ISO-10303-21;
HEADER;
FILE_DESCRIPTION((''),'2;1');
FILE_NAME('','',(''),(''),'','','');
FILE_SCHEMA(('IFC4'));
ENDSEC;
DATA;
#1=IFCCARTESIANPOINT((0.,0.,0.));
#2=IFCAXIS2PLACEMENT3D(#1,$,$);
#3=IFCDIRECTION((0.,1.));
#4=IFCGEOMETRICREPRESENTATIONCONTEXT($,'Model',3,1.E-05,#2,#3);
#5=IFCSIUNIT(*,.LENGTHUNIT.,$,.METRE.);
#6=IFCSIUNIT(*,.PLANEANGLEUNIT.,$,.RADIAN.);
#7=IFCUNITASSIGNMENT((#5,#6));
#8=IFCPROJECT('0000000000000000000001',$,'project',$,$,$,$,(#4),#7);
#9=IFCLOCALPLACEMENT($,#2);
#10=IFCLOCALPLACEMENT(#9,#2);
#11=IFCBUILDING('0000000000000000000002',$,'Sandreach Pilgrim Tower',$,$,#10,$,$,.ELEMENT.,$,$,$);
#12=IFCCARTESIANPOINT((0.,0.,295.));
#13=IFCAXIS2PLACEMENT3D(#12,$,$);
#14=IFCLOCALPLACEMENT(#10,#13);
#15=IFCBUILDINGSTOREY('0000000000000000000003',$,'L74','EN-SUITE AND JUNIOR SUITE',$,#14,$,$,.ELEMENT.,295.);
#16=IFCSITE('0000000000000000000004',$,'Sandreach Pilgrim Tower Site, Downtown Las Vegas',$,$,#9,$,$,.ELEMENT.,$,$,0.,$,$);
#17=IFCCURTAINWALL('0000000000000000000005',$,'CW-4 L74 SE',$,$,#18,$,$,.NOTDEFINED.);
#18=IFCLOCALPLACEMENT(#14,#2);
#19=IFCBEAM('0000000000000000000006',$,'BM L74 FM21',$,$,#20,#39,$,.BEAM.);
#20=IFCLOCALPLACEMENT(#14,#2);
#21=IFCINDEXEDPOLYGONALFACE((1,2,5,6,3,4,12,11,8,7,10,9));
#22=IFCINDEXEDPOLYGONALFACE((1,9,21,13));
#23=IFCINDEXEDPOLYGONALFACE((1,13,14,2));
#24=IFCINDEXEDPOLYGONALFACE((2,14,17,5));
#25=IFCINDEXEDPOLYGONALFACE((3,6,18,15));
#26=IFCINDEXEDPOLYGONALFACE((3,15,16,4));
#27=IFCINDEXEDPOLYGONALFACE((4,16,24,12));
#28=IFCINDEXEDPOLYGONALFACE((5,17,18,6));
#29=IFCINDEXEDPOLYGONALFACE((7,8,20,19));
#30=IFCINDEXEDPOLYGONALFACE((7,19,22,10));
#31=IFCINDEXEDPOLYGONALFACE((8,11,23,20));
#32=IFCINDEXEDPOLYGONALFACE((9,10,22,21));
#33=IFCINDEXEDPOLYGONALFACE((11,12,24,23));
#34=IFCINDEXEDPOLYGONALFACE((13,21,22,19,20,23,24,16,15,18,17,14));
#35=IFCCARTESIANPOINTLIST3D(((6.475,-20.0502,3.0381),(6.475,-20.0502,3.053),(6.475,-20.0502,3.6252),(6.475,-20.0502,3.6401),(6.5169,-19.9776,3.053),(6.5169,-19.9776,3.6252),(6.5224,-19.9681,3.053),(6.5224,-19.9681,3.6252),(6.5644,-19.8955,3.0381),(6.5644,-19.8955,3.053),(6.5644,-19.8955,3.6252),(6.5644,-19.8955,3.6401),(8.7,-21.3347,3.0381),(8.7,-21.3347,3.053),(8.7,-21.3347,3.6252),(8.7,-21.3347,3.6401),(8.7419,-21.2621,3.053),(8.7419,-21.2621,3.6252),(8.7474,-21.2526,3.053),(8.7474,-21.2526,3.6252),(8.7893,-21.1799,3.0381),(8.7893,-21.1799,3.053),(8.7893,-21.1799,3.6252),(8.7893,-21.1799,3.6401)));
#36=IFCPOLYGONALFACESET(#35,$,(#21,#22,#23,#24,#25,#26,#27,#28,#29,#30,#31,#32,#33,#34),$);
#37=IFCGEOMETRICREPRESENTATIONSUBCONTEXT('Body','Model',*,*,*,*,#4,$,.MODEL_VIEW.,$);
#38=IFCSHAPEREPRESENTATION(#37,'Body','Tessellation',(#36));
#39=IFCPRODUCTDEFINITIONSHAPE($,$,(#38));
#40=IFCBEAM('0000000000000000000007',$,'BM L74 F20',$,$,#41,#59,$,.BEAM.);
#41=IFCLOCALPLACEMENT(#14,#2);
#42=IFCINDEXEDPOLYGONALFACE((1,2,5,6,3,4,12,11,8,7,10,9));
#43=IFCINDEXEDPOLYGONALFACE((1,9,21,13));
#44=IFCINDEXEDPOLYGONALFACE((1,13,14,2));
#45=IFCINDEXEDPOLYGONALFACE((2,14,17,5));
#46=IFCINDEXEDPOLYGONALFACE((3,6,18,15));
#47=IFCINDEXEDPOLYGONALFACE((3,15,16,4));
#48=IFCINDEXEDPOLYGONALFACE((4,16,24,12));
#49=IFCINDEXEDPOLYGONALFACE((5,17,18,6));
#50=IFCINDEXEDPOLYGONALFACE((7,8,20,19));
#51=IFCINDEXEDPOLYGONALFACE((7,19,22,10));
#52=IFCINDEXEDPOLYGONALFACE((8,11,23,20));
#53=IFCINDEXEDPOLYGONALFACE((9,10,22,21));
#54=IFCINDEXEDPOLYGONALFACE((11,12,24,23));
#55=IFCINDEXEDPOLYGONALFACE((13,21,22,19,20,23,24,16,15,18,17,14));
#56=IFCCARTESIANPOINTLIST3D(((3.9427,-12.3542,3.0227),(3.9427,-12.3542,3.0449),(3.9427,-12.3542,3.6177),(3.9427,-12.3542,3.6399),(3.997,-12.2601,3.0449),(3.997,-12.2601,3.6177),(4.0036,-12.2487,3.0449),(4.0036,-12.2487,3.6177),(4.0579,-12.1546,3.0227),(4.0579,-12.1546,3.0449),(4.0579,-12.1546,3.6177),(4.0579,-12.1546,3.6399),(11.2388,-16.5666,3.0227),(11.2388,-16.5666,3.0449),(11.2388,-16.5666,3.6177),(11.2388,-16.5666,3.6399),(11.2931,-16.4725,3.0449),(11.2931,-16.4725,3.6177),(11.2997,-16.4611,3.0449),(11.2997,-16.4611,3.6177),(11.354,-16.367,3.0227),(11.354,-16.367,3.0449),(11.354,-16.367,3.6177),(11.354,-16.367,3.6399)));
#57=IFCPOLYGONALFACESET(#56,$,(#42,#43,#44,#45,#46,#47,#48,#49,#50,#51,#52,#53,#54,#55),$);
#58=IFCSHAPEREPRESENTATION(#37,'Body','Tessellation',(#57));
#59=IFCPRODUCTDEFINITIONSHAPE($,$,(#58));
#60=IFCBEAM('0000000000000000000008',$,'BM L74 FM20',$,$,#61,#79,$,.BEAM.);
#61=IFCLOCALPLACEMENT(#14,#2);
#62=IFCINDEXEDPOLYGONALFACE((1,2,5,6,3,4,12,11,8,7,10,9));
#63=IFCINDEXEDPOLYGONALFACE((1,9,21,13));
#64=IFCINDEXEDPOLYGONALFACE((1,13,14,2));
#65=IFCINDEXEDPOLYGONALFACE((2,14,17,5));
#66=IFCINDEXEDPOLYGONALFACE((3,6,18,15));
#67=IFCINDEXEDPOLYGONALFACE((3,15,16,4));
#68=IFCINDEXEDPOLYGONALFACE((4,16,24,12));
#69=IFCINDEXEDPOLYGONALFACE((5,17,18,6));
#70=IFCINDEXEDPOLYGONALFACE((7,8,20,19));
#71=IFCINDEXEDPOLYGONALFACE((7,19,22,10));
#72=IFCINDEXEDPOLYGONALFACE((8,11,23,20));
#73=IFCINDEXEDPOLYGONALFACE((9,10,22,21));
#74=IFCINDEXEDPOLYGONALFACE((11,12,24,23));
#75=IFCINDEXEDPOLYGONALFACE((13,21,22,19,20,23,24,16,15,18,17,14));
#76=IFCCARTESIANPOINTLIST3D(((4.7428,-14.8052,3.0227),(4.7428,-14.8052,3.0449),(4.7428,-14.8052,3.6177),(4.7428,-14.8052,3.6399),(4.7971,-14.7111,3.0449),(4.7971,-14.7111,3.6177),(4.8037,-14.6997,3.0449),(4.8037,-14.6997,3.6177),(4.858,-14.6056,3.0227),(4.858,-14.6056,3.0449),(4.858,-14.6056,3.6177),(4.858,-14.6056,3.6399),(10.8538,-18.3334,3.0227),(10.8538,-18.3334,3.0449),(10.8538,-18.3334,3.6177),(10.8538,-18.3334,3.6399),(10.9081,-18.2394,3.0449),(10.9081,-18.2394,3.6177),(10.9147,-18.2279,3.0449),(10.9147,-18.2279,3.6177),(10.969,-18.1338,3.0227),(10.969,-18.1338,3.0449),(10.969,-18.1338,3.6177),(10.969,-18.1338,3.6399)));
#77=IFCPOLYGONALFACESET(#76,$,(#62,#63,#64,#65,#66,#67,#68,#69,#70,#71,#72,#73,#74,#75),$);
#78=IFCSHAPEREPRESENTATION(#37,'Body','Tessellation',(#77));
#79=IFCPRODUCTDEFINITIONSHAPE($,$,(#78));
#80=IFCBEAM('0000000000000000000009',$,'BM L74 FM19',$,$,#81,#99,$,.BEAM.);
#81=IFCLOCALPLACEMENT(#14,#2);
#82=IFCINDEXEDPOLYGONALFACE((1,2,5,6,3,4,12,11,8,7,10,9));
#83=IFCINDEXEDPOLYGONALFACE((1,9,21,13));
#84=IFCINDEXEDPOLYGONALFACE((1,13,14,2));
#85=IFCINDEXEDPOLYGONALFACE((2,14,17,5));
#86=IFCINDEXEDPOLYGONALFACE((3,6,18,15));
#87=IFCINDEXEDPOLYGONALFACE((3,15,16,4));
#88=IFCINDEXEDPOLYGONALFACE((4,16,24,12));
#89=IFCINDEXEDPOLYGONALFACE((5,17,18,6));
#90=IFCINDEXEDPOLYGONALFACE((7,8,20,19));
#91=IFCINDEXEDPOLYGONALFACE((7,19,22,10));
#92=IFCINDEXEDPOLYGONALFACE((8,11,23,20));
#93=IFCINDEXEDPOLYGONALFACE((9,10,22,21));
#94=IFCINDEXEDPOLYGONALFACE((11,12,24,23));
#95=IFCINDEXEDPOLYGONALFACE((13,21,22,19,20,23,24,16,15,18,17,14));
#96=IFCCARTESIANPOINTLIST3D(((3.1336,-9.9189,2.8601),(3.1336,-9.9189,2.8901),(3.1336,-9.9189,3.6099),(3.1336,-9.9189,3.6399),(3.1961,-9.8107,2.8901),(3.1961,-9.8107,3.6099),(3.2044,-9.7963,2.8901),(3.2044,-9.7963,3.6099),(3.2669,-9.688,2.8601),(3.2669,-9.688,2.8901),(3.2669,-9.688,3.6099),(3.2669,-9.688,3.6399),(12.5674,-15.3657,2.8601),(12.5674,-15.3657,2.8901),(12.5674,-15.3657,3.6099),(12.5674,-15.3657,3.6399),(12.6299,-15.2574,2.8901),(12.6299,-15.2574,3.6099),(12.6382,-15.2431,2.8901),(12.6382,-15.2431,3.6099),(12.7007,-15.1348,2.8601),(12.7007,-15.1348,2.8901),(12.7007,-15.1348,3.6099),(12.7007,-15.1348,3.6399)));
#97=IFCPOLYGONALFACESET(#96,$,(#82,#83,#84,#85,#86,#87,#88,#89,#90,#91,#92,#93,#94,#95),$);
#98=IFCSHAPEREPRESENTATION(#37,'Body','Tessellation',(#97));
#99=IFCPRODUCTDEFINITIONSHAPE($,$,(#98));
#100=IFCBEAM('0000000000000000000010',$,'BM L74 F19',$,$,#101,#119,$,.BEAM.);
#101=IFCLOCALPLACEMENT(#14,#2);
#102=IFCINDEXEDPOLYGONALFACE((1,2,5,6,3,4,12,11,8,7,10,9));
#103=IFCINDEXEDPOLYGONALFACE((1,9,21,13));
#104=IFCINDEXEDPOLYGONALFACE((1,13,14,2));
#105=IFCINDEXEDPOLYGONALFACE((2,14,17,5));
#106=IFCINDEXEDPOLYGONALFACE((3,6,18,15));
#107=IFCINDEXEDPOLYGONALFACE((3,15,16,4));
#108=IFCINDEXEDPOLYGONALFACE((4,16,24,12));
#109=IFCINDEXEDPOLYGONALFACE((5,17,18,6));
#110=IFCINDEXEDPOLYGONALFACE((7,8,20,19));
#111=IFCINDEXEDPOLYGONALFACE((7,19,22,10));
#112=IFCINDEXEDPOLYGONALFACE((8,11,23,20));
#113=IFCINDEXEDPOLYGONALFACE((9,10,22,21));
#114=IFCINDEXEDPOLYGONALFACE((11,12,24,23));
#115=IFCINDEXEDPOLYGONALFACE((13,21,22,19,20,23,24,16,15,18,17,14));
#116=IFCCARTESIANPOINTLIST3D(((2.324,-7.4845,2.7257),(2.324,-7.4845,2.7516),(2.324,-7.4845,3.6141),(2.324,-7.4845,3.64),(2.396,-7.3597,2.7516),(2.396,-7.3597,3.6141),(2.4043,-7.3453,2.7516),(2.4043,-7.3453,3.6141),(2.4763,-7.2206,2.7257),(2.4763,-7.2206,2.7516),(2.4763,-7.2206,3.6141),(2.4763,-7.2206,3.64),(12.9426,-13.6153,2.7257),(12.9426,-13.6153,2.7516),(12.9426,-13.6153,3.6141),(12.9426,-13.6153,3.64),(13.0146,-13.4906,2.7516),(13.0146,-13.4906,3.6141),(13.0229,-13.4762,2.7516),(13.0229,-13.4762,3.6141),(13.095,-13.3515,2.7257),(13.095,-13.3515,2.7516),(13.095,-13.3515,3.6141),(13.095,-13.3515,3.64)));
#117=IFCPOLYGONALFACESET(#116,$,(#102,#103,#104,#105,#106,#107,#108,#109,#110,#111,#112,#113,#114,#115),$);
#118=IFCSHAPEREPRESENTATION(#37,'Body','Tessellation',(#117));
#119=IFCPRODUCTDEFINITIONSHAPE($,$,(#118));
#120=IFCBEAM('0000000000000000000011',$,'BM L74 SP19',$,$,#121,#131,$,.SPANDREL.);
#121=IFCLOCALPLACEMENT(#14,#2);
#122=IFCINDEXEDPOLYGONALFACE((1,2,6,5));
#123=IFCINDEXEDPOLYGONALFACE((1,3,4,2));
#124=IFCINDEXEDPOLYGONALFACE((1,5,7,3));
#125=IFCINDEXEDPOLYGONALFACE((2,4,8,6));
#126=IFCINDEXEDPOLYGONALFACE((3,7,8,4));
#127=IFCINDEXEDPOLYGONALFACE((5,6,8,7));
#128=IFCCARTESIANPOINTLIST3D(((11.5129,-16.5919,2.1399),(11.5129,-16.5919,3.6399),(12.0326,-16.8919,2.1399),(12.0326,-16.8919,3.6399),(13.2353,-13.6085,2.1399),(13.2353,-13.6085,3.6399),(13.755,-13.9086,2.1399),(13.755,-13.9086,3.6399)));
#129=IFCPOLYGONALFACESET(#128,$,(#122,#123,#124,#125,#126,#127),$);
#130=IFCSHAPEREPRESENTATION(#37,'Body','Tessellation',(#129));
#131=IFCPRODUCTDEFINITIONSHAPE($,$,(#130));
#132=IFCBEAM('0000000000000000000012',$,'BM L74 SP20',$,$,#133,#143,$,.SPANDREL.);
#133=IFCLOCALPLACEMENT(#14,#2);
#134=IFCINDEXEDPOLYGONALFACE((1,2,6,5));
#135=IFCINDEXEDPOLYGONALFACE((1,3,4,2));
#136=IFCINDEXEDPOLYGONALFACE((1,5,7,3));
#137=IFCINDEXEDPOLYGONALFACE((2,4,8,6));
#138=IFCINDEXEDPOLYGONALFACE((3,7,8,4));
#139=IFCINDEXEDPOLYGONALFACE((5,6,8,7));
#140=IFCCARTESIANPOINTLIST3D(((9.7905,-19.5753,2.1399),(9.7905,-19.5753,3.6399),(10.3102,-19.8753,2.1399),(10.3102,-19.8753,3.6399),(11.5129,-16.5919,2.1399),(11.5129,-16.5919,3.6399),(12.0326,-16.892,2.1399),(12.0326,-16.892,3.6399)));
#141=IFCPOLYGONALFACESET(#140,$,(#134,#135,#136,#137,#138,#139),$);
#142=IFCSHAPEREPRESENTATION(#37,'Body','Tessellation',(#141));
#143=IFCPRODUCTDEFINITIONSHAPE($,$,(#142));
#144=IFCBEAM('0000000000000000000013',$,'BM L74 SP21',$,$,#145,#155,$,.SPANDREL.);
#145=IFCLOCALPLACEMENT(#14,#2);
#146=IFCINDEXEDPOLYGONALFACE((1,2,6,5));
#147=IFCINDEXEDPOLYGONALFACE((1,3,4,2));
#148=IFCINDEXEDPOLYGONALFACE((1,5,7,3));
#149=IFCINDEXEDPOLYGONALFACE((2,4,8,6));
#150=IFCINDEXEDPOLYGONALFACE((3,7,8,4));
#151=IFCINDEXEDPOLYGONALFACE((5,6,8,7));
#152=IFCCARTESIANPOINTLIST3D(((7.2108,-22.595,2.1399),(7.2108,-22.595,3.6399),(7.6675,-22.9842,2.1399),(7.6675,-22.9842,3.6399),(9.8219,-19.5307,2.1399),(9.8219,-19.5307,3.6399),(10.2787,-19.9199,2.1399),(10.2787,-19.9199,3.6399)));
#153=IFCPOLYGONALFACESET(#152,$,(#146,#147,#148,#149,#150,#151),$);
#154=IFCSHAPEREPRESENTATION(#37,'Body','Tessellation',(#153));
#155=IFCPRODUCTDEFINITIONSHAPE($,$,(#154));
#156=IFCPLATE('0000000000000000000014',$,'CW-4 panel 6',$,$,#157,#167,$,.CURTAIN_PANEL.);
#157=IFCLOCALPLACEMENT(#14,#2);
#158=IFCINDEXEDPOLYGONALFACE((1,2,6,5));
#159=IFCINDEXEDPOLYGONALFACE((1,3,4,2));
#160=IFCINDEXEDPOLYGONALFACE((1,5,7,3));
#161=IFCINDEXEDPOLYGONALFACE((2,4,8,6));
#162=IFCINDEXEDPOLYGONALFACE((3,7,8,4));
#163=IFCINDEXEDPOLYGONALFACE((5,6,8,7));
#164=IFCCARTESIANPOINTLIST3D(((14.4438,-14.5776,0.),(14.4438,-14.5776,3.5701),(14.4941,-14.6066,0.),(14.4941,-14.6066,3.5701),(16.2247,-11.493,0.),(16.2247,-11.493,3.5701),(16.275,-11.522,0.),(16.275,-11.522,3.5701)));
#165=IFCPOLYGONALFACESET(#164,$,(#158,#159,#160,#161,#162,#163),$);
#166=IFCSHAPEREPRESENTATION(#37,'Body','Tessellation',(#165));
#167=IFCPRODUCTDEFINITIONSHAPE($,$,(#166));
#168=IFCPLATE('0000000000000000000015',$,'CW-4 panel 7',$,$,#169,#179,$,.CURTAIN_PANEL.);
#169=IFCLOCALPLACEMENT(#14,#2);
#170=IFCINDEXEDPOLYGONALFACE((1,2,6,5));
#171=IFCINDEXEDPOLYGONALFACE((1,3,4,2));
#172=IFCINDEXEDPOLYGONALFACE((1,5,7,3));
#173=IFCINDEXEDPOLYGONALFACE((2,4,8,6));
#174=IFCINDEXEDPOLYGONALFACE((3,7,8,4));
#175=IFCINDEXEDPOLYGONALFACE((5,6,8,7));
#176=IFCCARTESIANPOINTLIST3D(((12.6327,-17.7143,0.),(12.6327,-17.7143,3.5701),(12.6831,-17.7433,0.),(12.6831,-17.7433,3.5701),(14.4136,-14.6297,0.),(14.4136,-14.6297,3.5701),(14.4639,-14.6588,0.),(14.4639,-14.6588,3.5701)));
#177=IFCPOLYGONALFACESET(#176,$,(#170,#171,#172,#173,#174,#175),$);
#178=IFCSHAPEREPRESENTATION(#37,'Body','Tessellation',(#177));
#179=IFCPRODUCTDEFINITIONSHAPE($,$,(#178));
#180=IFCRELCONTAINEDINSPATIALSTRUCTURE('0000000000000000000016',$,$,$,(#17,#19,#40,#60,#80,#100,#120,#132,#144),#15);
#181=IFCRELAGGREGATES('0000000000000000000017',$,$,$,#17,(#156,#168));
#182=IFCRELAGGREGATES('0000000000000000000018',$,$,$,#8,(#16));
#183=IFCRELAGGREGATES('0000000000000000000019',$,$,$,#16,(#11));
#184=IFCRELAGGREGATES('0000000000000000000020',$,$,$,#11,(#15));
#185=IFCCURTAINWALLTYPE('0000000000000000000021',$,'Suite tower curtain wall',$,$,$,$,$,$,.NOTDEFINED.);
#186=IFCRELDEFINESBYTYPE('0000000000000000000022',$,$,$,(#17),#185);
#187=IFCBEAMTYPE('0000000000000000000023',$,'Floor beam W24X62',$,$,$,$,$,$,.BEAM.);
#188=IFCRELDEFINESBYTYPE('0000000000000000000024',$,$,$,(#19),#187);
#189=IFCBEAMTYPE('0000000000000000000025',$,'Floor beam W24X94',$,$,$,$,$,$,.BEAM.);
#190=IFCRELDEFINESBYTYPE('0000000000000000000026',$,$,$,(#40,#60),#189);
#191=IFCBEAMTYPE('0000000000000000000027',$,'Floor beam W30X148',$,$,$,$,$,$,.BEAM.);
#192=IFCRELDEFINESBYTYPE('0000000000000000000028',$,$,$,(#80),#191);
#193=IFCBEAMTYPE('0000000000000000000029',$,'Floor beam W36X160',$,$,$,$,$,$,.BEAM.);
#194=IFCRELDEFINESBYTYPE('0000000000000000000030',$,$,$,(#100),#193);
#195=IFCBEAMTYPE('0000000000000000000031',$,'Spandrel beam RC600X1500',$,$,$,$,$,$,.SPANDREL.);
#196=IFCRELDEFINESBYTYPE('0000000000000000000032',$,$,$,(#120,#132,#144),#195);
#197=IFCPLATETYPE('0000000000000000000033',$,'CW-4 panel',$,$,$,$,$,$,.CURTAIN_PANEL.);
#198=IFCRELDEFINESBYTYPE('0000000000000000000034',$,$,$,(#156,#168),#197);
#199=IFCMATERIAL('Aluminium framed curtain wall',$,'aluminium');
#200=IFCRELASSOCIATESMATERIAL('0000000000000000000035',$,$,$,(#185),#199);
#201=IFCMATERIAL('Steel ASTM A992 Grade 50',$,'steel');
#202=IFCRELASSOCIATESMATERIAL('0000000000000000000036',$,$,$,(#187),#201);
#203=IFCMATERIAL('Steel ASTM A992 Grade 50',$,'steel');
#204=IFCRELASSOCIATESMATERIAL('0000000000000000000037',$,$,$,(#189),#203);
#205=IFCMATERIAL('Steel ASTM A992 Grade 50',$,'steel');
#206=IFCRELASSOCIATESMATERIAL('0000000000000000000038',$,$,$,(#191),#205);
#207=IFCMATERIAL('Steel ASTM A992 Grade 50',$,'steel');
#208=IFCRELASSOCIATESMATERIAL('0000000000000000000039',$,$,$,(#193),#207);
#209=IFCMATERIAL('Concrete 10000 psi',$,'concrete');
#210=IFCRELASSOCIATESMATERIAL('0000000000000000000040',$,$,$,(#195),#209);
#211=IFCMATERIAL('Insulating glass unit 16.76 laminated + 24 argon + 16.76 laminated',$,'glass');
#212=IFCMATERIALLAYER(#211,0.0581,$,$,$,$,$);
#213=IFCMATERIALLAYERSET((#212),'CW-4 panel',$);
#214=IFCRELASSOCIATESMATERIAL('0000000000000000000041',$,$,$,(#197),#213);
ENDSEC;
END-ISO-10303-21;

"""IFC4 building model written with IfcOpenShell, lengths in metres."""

from ifc_helpers import new_model, si_unit, direction, frame, origin, origin_2d, place, context, subcontext, project, spatial, rectangle, i_section, extrude, material, layer, layer_set, material_profile, profile_set, type_object, element, aggregate, save


model = new_model("IFC4")

# Units and contexts
model_context = context("Model", 3, precision=1e-05, world=origin(), true_north=direction((0.0, 1.0)))
body_context = subcontext(model_context, "Body", "Model", "MODEL_VIEW")
ifc_project = project(units=[si_unit("LENGTHUNIT", "METRE"), si_unit("PLANEANGLEUNIT", "RADIAN")], contexts=[model_context])

# Site, building, storey
site_placement = place(None, origin())
site = spatial("IfcSite", under=ifc_project, at=site_placement, Name="Sandreach Pilgrim Tower Site, Downtown Las Vegas", CompositionType="ELEMENT", RefElevation=0.0)
building_placement = place(site_placement, origin())
building = spatial("IfcBuilding", under=site, at=building_placement, Name="Sandreach Pilgrim Tower", CompositionType="ELEMENT")
storey_placement = place(building_placement, frame((0.0, 0.0, 295.0)))
storey = spatial("IfcBuildingStorey", under=building, at=storey_placement, Name="L74", Description="EN-SUITE AND JUNIOR SUITE", CompositionType="ELEMENT", Elevation=295.0)

# Curtain wall
ifc_material_1 = material(Name="Aluminium framed curtain wall", Category="aluminium")
curtain_wall_type = type_object("IfcCurtainWallType", Name="Suite tower curtain wall", PredefinedType="NOTDEFINED", material=ifc_material_1)
curtain_wall_1_placement = place(storey_placement, origin())
curtain_wall_1 = element("IfcCurtainWall", 1, at=curtain_wall_1_placement, inside=storey, type_object=curtain_wall_type, Name="CW-4 L74 SE", PredefinedType="NOTDEFINED")

# Beams
ifc_material_2 = material(Name="Steel ASTM A992 Grade 50", Category="steel")
ifc_material_profile_1 = material_profile(ifc_material_2, i_section(OverallWidth=0.1787, OverallDepth=0.6021, WebThickness=0.011, FlangeThickness=0.0149, at=origin_2d()), Name="W24X62")
ifc_profile_set_1 = profile_set([ifc_material_profile_1], Name="Steel ASTM A992 Grade 50")
beam_type_1 = type_object("IfcBeamType", Name="Floor beam W24X62", PredefinedType="BEAM", material=ifc_profile_set_1)
beam_1_placement = place(storey_placement, frame((8.7446, -21.2573, 3.3391), z_axis=(-0.866042, 0.499972, 0.0), x_axis=(-0.499972, -0.866042, 0.0)))
element("IfcBeam", 2, at=beam_1_placement, inside=storey, type_object=beam_type_1, Name="BM L74 FM21", PredefinedType="BEAM", context=body_context, shape_type="SweptSolid", body=[
    extrude(i_section(OverallWidth=0.1787, OverallDepth=0.6021, WebThickness=0.011, FlangeThickness=0.0149, at=origin_2d()), origin(), (0.0, 0.0, 1.0), 2.5691),
])
ifc_material_3 = material(Name="Steel ASTM A992 Grade 50", Category="steel")
ifc_material_profile_2 = material_profile(ifc_material_3, i_section(OverallWidth=0.2305, OverallDepth=0.6172, WebThickness=0.0132, FlangeThickness=0.0222, at=origin_2d()), Name="W24X94")
ifc_profile_set_2 = profile_set([ifc_material_profile_2], Name="Steel ASTM A992 Grade 50")
beam_type_2 = type_object("IfcBeamType", Name="Floor beam W24X94", PredefinedType="BEAM", material=ifc_profile_set_2)
beam_2_placement = place(storey_placement, frame((11.2964, -16.4668, 3.3313), z_axis=(-0.866027, 0.499998, 0.0), x_axis=(-0.499998, -0.866027, 0.0)))
element("IfcBeam", 3, at=beam_2_placement, inside=storey, type_object=beam_type_2, Name="BM L74 F20", PredefinedType="BEAM", context=body_context, shape_type="SweptSolid", body=[
    extrude(i_section(OverallWidth=0.2305, OverallDepth=0.6172, WebThickness=0.0132, FlangeThickness=0.0222, at=origin_2d()), origin(), (0.0, 0.0, 1.0), 8.4248),
])
beam_3_placement = place(storey_placement, frame((10.9114, -18.2336, 3.3313), z_axis=(-0.86602, 0.500009, 0.0), x_axis=(-0.500009, -0.86602, 0.0)))
element("IfcBeam", 4, at=beam_3_placement, inside=storey, type_object=beam_type_2, Name="BM L74 FM20", PredefinedType="BEAM", context=body_context, shape_type="SweptSolid", body=[
    extrude(i_section(OverallWidth=0.2305, OverallDepth=0.6172, WebThickness=0.0132, FlangeThickness=0.0222, at=origin_2d()), origin(), (0.0, 0.0, 1.0), 7.0564),
])
ifc_material_4 = material(Name="Steel ASTM A992 Grade 50", Category="steel")
ifc_material_profile_3 = material_profile(ifc_material_4, i_section(OverallWidth=0.2666, OverallDepth=0.7798, WebThickness=0.0166, FlangeThickness=0.03, at=origin_2d()), Name="W30X148")
ifc_profile_set_3 = profile_set([ifc_material_profile_3], Name="Steel ASTM A992 Grade 50")
beam_type_3 = type_object("IfcBeamType", Name="Floor beam W30X148", PredefinedType="BEAM", material=ifc_profile_set_3)
beam_4_placement = place(storey_placement, frame((12.634, -15.2502, 3.25), z_axis=(-0.86602, 0.50001, 0.0), x_axis=(-0.50001, -0.86602, 0.0)))
element("IfcBeam", 5, at=beam_4_placement, inside=storey, type_object=beam_type_3, Name="BM L74 FM19", PredefinedType="BEAM", context=body_context, shape_type="SweptSolid", body=[
    extrude(i_section(OverallWidth=0.2666, OverallDepth=0.7798, WebThickness=0.0166, FlangeThickness=0.03, at=origin_2d()), origin(), (0.0, 0.0, 1.0), 10.8933),
])
ifc_material_5 = material(Name="Steel ASTM A992 Grade 50", Category="steel")
ifc_material_profile_4 = material_profile(ifc_material_5, i_section(OverallWidth=0.3047, OverallDepth=0.9143, WebThickness=0.0166, FlangeThickness=0.0259, at=origin_2d()), Name="W36X160")
ifc_profile_set_4 = profile_set([ifc_material_profile_4], Name="Steel ASTM A992 Grade 50")
beam_type_4 = type_object("IfcBeamType", Name="Floor beam W36X160", PredefinedType="BEAM", material=ifc_profile_set_4)
beam_5_placement = place(storey_placement, frame((13.0188, -13.4834, 3.1829), z_axis=(-0.866019, 0.500011, 0.0), x_axis=(-0.500011, -0.866019, 0.0)))
element("IfcBeam", 6, at=beam_5_placement, inside=storey, type_object=beam_type_4, Name="BM L74 F19", PredefinedType="BEAM", context=body_context, shape_type="SweptSolid", body=[
    extrude(i_section(OverallWidth=0.3047, OverallDepth=0.9143, WebThickness=0.0166, FlangeThickness=0.0259, at=origin_2d()), origin(), (0.0, 0.0, 1.0), 12.2615),
])
ifc_material_6 = material(Name="Concrete 10000 psi", Category="concrete")
ifc_material_profile_5 = material_profile(ifc_material_6, rectangle(XDim=0.6001, YDim=1.5, at=origin_2d()), Name="RC600X1500")
ifc_profile_set_5 = profile_set([ifc_material_profile_5], Name="Concrete 10000 psi")
beam_type_5 = type_object("IfcBeamType", Name="Spandrel beam RC600X1500", PredefinedType="SPANDREL", material=ifc_profile_set_5)
for number, where, z_axis, x_axis, name in (
    (7, (13.4951, -13.7585, 2.8899), (-0.499988, -0.866032, 0.0), (0.866032, -0.499988, 0.0), "BM L74 SP19"),
    (8, (11.7727, -16.7419, 2.8899), (-0.499988, -0.866032, 0.0), (0.866032, -0.499988, 0.0), "BM L74 SP20"),
):
    element("IfcBeam", number, at=place(storey_placement, frame(where, z_axis=z_axis, x_axis=x_axis)), inside=storey, type_object=beam_type_5, Name=name, PredefinedType="SPANDREL", context=body_context, shape_type="SweptSolid", body=[
        extrude(rectangle(XDim=0.6001, YDim=1.5, at=origin_2d()), origin(), (0.0, 0.0, 1.0), 3.4448),
    ])
beam_6_placement = place(storey_placement, frame((10.0503, -19.7253, 2.8899), z_axis=(-0.648586, -0.761141, 0.0), x_axis=(0.761141, -0.648586, 0.0)))
element("IfcBeam", 9, at=beam_6_placement, inside=storey, type_object=beam_type_5, Name="BM L74 SP21", PredefinedType="SPANDREL", context=body_context, shape_type="SweptSolid", body=[
    extrude(rectangle(XDim=0.6001, YDim=1.5, at=origin_2d()), origin(), (0.0, 0.0, 1.0), 4.0259),
])

# Plates
ifc_material_7 = material(Name="Insulating glass unit 16.76 laminated + 24 argon + 16.76 laminated", Category="glass")
ifc_layer_1 = layer(ifc_material_7, 0.0581)
ifc_layer_set_1 = layer_set([ifc_layer_1], Name="CW-4 panel")
plate_type = type_object("IfcPlateType", Name="CW-4 panel", PredefinedType="CURTAIN_PANEL", material=ifc_layer_set_1)
plate_1_placement = place(storey_placement, frame((15.3594, -13.0498, 0.0), z_axis=(0.0, 0.0, 1.0), x_axis=(-0.5, -0.866025, 0.0)))
plate_1 = element("IfcPlate", 10, at=plate_1_placement, type_object=plate_type, Name="CW-4 panel 6", PredefinedType="CURTAIN_PANEL", context=body_context, shape_type="SweptSolid", body=[
    extrude(rectangle(XDim=3.5618, YDim=0.0581, at=origin_2d()), origin(), (0.0, 0.0, 1.0), 3.5701),
])
plate_2_placement = place(storey_placement, frame((13.5483, -16.1865, 0.0), z_axis=(0.0, 0.0, 1.0), x_axis=(-0.5, -0.866025, 0.0)))
plate_2 = element("IfcPlate", 11, at=plate_2_placement, type_object=plate_type, Name="CW-4 panel 7", PredefinedType="CURTAIN_PANEL", context=body_context, shape_type="SweptSolid", body=[
    extrude(rectangle(XDim=3.5618, YDim=0.0581, at=origin_2d()), origin(), (0.0, 0.0, 1.0), 3.5701),
])
aggregate(curtain_wall_1, [plate_1, plate_2])

save(model, "model.ifc")
